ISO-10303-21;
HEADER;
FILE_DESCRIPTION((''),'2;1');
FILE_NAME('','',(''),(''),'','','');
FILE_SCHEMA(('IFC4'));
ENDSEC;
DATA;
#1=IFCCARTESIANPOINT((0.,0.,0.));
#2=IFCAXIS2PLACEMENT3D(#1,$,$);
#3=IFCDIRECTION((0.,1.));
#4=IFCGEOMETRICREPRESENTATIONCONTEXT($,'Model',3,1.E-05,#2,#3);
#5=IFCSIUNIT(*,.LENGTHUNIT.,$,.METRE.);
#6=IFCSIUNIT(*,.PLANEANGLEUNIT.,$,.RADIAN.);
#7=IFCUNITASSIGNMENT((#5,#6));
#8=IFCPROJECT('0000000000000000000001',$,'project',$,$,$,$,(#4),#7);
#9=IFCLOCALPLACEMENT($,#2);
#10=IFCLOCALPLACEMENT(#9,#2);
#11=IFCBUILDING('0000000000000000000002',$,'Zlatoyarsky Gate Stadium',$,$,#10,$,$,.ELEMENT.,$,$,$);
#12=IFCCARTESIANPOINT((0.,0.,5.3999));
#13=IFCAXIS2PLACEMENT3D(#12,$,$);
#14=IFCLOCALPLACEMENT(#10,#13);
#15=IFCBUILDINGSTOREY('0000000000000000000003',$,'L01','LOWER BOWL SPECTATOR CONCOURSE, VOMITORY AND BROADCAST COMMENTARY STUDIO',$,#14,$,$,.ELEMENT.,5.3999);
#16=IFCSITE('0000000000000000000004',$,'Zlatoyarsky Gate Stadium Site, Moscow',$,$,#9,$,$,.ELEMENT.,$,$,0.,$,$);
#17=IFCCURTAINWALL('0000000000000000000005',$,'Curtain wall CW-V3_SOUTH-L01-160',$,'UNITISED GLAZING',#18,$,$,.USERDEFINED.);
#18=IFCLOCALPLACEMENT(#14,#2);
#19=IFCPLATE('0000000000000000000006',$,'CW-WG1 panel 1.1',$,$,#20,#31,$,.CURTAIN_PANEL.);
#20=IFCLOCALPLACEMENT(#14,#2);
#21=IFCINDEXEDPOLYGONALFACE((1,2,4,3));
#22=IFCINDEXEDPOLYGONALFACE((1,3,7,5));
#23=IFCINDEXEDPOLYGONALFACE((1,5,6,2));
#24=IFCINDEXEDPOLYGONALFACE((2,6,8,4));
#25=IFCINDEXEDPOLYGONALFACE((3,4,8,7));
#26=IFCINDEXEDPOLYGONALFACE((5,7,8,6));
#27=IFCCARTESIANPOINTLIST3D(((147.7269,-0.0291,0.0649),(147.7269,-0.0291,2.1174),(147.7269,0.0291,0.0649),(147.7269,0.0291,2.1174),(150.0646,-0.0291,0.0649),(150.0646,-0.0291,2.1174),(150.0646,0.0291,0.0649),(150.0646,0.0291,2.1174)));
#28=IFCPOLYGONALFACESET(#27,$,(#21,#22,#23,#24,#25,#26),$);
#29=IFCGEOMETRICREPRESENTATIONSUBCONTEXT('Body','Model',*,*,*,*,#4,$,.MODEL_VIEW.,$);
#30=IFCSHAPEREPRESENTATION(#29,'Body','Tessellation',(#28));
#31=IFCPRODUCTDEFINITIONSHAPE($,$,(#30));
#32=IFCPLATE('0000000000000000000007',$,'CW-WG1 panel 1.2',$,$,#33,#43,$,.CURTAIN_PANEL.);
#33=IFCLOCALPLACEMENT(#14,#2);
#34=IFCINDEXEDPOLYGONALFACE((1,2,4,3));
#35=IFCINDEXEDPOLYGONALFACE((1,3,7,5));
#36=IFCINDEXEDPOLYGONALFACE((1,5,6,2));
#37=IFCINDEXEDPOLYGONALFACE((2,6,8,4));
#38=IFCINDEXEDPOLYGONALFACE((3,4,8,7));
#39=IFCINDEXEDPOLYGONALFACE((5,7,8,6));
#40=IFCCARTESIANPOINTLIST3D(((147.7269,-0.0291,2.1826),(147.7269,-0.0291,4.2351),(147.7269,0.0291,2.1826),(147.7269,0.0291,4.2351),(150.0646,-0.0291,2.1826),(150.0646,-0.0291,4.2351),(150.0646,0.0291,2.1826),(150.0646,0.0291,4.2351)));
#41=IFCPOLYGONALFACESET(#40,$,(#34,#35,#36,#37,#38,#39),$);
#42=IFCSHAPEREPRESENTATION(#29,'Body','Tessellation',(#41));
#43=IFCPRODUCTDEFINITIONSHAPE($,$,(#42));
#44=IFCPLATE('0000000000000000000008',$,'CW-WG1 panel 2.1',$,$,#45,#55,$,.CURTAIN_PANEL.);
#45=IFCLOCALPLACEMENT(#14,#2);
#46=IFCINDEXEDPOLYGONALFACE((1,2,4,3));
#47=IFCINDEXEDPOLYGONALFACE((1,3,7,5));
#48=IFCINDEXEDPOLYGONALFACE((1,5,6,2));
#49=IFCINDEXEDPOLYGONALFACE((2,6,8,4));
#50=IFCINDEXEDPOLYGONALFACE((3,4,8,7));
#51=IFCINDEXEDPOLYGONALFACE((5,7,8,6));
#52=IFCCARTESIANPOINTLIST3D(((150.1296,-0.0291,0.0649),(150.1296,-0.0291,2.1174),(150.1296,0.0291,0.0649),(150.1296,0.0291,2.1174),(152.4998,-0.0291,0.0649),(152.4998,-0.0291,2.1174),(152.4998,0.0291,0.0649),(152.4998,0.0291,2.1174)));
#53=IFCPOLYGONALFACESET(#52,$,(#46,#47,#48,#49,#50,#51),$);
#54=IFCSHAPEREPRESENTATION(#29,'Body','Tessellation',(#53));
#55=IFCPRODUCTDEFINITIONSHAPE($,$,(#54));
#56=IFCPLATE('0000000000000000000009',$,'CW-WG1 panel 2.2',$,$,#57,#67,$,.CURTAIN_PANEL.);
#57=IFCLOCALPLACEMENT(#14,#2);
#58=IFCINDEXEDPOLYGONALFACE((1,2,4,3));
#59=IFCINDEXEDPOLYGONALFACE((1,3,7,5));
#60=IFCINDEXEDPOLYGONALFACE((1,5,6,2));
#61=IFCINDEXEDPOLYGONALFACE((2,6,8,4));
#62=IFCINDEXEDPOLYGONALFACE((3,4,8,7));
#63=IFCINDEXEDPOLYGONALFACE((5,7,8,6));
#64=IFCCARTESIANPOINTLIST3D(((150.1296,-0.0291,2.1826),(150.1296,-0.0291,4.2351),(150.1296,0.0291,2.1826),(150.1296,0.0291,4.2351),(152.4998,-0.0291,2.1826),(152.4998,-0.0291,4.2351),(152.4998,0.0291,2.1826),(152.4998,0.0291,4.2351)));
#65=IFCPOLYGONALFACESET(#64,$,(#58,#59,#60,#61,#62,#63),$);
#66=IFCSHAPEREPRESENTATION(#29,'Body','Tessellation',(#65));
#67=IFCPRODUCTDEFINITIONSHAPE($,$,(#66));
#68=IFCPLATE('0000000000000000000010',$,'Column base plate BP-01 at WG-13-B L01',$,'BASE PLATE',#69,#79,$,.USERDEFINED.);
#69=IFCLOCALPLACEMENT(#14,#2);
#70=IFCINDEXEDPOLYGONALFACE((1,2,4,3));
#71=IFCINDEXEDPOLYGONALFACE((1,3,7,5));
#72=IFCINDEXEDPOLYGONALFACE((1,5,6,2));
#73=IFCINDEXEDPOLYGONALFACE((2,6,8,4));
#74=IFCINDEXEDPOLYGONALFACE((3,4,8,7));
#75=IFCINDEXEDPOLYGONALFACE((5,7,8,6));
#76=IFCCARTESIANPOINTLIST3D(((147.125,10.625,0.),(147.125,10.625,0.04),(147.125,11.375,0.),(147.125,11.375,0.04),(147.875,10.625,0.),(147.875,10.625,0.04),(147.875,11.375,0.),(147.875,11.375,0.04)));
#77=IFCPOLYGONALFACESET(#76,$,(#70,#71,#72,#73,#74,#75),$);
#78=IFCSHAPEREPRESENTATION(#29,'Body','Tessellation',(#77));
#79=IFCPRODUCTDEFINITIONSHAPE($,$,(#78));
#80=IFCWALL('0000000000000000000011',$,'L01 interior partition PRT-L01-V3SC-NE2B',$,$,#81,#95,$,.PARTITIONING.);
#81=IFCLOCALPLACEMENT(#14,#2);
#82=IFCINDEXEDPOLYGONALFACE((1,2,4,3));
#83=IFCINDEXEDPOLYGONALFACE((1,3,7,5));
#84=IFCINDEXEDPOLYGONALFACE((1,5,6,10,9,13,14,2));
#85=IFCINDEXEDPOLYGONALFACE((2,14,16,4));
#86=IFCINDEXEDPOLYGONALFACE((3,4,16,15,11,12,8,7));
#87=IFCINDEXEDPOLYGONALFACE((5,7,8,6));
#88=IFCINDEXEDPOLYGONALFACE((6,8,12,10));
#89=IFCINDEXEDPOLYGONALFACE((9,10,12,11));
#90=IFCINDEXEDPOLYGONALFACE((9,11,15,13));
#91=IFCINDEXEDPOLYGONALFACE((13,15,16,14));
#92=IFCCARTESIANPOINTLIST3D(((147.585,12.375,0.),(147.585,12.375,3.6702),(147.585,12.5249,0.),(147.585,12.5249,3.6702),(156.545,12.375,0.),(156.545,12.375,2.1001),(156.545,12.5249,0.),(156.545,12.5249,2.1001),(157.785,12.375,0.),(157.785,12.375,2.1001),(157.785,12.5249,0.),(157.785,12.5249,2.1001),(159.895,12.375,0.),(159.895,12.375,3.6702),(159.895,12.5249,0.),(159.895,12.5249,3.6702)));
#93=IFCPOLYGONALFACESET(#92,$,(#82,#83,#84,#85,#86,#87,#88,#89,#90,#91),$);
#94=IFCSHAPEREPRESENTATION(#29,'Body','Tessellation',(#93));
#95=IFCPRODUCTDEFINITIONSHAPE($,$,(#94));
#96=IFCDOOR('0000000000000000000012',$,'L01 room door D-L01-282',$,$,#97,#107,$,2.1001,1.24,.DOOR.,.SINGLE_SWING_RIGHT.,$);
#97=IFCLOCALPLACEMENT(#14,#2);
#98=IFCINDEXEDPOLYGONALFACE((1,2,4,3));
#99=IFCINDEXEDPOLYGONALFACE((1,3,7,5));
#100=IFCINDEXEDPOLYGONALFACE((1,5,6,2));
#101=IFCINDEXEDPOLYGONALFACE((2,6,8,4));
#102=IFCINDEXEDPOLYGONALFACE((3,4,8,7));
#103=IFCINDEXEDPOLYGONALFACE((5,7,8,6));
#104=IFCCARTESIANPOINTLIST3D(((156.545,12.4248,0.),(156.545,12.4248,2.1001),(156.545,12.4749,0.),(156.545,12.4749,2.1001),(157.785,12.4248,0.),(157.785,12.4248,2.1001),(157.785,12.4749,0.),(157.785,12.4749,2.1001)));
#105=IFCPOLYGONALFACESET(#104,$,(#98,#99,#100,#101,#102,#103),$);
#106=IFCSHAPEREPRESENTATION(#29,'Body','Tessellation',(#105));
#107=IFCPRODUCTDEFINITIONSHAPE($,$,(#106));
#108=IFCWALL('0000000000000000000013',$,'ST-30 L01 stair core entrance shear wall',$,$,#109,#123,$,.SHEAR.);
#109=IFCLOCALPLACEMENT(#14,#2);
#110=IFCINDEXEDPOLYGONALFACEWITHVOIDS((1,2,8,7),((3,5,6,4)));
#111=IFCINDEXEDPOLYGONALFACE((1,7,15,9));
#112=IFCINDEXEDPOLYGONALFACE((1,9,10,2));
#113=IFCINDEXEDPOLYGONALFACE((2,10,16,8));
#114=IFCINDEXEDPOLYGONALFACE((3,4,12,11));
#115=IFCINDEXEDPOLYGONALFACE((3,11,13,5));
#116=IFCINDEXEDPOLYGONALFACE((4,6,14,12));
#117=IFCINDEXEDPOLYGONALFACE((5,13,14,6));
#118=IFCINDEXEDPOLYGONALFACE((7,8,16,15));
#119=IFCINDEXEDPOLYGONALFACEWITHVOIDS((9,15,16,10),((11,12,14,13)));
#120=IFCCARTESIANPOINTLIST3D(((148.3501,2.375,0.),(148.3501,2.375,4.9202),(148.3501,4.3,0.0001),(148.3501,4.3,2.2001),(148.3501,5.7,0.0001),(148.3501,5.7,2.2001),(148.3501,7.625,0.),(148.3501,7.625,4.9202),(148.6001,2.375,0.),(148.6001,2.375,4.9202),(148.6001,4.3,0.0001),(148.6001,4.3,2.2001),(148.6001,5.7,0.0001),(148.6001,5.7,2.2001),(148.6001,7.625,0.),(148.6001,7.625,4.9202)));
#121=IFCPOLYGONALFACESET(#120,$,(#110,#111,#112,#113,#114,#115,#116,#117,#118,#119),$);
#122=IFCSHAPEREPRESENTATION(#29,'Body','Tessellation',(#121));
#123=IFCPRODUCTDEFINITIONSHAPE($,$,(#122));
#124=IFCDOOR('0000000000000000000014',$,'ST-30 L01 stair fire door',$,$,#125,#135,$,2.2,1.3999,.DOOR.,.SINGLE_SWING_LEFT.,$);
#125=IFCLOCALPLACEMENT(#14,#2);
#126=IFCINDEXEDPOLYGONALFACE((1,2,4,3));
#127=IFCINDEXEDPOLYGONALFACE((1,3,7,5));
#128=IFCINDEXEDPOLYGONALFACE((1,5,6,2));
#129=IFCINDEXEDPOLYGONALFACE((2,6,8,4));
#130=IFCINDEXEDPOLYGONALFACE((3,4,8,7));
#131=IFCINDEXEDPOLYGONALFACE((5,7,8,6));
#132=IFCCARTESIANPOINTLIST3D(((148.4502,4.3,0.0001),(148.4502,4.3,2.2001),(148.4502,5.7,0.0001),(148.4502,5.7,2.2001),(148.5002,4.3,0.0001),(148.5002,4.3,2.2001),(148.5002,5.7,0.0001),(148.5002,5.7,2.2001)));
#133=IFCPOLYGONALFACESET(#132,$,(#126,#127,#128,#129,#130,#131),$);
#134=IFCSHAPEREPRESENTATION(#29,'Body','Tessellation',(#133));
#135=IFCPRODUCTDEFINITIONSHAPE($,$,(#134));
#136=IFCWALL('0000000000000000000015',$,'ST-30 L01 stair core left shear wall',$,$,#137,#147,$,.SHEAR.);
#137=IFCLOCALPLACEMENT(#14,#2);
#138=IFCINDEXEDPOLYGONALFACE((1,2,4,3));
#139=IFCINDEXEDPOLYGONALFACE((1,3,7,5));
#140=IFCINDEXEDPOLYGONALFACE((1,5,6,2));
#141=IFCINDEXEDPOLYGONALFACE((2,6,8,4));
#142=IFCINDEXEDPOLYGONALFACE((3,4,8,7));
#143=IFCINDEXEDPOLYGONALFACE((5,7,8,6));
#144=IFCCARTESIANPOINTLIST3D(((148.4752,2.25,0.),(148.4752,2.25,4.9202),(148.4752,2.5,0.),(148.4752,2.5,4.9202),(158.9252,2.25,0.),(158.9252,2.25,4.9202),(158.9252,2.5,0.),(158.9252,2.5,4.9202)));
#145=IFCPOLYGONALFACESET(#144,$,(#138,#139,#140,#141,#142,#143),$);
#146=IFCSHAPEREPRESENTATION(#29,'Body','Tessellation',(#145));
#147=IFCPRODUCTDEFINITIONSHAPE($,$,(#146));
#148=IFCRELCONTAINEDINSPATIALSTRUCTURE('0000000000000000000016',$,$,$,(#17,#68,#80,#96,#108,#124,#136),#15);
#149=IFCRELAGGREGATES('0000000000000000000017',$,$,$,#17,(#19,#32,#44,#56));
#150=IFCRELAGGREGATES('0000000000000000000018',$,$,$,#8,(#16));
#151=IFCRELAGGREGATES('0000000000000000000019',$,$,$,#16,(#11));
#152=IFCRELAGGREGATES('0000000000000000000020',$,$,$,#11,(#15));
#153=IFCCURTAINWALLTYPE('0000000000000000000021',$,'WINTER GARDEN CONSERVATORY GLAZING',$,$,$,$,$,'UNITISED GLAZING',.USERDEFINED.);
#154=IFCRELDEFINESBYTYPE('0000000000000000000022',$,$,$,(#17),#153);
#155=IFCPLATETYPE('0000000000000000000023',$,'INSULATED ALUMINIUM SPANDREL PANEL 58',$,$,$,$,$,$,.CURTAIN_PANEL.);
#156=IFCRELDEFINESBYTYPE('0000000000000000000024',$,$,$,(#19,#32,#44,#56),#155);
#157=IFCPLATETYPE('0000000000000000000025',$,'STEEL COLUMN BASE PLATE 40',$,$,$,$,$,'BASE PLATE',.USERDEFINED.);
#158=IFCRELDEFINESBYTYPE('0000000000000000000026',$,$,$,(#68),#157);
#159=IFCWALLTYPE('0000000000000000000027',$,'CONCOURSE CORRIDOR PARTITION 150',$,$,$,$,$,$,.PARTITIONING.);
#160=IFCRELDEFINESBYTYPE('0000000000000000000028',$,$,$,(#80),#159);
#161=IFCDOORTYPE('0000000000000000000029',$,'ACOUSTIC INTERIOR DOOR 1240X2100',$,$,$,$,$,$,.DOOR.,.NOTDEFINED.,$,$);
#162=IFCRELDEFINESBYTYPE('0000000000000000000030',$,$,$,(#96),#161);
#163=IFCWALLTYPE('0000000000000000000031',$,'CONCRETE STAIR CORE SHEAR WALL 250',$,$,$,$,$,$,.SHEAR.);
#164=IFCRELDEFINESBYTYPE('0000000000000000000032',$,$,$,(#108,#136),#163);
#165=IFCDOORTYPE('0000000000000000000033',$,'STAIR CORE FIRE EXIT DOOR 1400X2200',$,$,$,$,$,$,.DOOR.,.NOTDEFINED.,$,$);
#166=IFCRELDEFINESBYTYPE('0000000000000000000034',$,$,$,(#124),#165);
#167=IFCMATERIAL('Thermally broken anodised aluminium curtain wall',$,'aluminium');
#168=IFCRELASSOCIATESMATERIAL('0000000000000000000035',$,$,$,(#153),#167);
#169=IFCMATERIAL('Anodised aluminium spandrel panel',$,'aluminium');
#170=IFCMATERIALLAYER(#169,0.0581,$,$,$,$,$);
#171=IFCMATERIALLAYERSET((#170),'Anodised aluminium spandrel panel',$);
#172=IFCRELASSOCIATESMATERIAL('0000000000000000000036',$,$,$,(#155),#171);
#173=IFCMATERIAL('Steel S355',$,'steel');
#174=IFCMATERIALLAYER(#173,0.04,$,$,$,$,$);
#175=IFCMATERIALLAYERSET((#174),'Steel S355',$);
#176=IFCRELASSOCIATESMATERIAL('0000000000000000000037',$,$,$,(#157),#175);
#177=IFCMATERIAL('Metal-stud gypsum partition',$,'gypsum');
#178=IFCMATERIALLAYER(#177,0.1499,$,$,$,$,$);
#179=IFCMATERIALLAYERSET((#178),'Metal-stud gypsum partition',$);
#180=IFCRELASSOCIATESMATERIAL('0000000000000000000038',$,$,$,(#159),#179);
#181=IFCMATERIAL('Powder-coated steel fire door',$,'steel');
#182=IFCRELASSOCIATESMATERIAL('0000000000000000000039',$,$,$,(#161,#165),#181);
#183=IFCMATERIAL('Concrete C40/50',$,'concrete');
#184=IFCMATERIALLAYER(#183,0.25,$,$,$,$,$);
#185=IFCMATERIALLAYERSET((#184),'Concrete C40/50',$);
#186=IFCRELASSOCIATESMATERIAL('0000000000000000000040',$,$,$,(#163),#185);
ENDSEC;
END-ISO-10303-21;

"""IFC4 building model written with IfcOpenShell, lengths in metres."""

from ifc_helpers import new_model, si_unit, direction, frame, frame_2d, origin, origin_2d, place, context, subcontext, project, spatial, rectangle, extrude, material, layer, layer_set, type_object, element, fill, aggregate, save


model = new_model("IFC4")

# Units and contexts
model_context = context("Model", 3, precision=1e-05, world=origin(), true_north=direction((0.0, 1.0)))
body_context = subcontext(model_context, "Body", "Model", "MODEL_VIEW")
ifc_project = project(units=[si_unit("LENGTHUNIT", "METRE"), si_unit("PLANEANGLEUNIT", "RADIAN")], contexts=[model_context])

# Site, building, storey
site_placement = place(None, origin())
site = spatial("IfcSite", under=ifc_project, at=site_placement, Name="Zlatoyarsky Gate Stadium Site, Moscow", CompositionType="ELEMENT", RefElevation=0.0)
building_placement = place(site_placement, origin())
building = spatial("IfcBuilding", under=site, at=building_placement, Name="Zlatoyarsky Gate Stadium", CompositionType="ELEMENT")
storey_placement = place(building_placement, frame((0.0, 0.0, 5.3999)))
storey = spatial("IfcBuildingStorey", under=building, at=storey_placement, Name="L01", Description="LOWER BOWL SPECTATOR CONCOURSE, VOMITORY AND BROADCAST COMMENTARY STUDIO", CompositionType="ELEMENT", Elevation=5.3999)

# Shared definitions
ifc_material_1 = material(Name="Steel S355", Category="steel")

# Curtain wall
ifc_material_2 = material(Name="Thermally broken anodised aluminium curtain wall", Category="aluminium")
curtain_wall_type = type_object("IfcCurtainWallType", Name="WINTER GARDEN CONSERVATORY GLAZING", ElementType="UNITISED GLAZING", PredefinedType="USERDEFINED", material=ifc_material_2)
curtain_wall_placement = place(storey_placement, origin())
curtain_wall = element("IfcCurtainWall", 1, at=curtain_wall_placement, inside=storey, type_object=curtain_wall_type, Name="Curtain wall CW-V3_SOUTH-L01-160", ObjectType="UNITISED GLAZING", PredefinedType="USERDEFINED")

# Plates
ifc_material_3 = material(Name="Anodised aluminium spandrel panel", Category="aluminium")
ifc_layer_1 = layer(ifc_material_3, 0.0581)
ifc_layer_set_1 = layer_set([ifc_layer_1], Name="Anodised aluminium spandrel panel")
plate_type_1 = type_object("IfcPlateType", Name="INSULATED ALUMINIUM SPANDREL PANEL 58", PredefinedType="CURTAIN_PANEL", material=ifc_layer_set_1)
plate_1_placement = place(storey_placement, frame((148.8958, 0.0, 0.0649), z_axis=(0.0, 0.0, 1.0), x_axis=(1.0, 0.0, 0.0)))
plate_1 = element("IfcPlate", 2, at=plate_1_placement, type_object=plate_type_1, Name="CW-WG1 panel 1.1", PredefinedType="CURTAIN_PANEL", context=body_context, shape_type="SweptSolid", body=[
    extrude(rectangle(XDim=2.3376, YDim=0.0581, at=origin_2d()), origin(), (0.0, 0.0, 1.0), 2.0525),
])
plate_2_placement = place(storey_placement, frame((148.8958, 0.0, 2.1826), z_axis=(0.0, 0.0, 1.0), x_axis=(1.0, 0.0, 0.0)))
plate_2 = element("IfcPlate", 3, at=plate_2_placement, type_object=plate_type_1, Name="CW-WG1 panel 1.2", PredefinedType="CURTAIN_PANEL", context=body_context, shape_type="SweptSolid", body=[
    extrude(rectangle(XDim=2.3376, YDim=0.0581, at=origin_2d()), origin(), (0.0, 0.0, 1.0), 2.0525),
])
plate_3_placement = place(storey_placement, frame((151.3147, 0.0, 0.0649), z_axis=(0.0, 0.0, 1.0), x_axis=(1.0, 0.0, 0.0)))
plate_3 = element("IfcPlate", 4, at=plate_3_placement, type_object=plate_type_1, Name="CW-WG1 panel 2.1", PredefinedType="CURTAIN_PANEL", context=body_context, shape_type="SweptSolid", body=[
    extrude(rectangle(XDim=2.3701, YDim=0.0581, at=origin_2d()), origin(), (0.0, 0.0, 1.0), 2.0525),
])
plate_4_placement = place(storey_placement, frame((151.3147, 0.0, 2.1826), z_axis=(0.0, 0.0, 1.0), x_axis=(1.0, 0.0, 0.0)))
plate_4 = element("IfcPlate", 5, at=plate_4_placement, type_object=plate_type_1, Name="CW-WG1 panel 2.2", PredefinedType="CURTAIN_PANEL", context=body_context, shape_type="SweptSolid", body=[
    extrude(rectangle(XDim=2.3701, YDim=0.0581, at=origin_2d()), origin(), (0.0, 0.0, 1.0), 2.0525),
])
aggregate(curtain_wall, [plate_1, plate_2, plate_3, plate_4])
ifc_layer_2 = layer(ifc_material_1, 0.04)
ifc_layer_set_2 = layer_set([ifc_layer_2], Name="Steel S355")
plate_type_2 = type_object("IfcPlateType", Name="STEEL COLUMN BASE PLATE 40", ElementType="BASE PLATE", PredefinedType="USERDEFINED", material=ifc_layer_set_2)
plate_5_placement = place(storey_placement, frame((147.5, 11.0, 0.0), z_axis=(0.0, 0.0, 1.0), x_axis=(1.0, 0.0, 0.0)))
element("IfcPlate", 6, at=plate_5_placement, inside=storey, type_object=plate_type_2, Name="Column base plate BP-01 at WG-13-B L01", ObjectType="BASE PLATE", PredefinedType="USERDEFINED", context=body_context, shape_type="SweptSolid", body=[
    extrude(rectangle(XDim=0.75, YDim=0.75, at=origin_2d()), origin(), (0.0, 0.0, 1.0), 0.04),
])

# Walls, openings, doors
ifc_material_4 = material(Name="Metal-stud gypsum partition", Category="gypsum")
ifc_layer_3 = layer(ifc_material_4, 0.1499)
ifc_layer_set_3 = layer_set([ifc_layer_3], Name="Metal-stud gypsum partition")
wall_type_1 = type_object("IfcWallType", Name="CONCOURSE CORRIDOR PARTITION 150", PredefinedType="PARTITIONING", material=ifc_layer_set_3)
wall_1_placement = place(storey_placement, frame((147.585, 12.45, 0.0), z_axis=(0.0, 0.0, 1.0), x_axis=(1.0, 0.0, 0.0)))
wall_1 = element("IfcWall", 7, at=wall_1_placement, inside=storey, type_object=wall_type_1, Name="L01 interior partition PRT-L01-V3SC-NE2B", PredefinedType="PARTITIONING", context=body_context, shape_type="SweptSolid", body=[
    extrude(rectangle(XDim=12.3101, YDim=0.1499, at=frame_2d((6.155, 0.0))), origin(), (0.0, 0.0, 1.0), 3.6702),
])
opening_1_placement = place(wall_1_placement, frame((8.96, 0.0, 0.0)))
opening_1 = element("IfcOpeningElement", 8, at=opening_1_placement, cuts=wall_1, PredefinedType="OPENING", context=body_context, shape_type="SweptSolid", body=[
    extrude(rectangle(XDim=1.24, YDim=2.1001, at=frame_2d((0.6201, 1.05))), frame((0.0, 0.085, 0.0), z_axis=(0.0, -1.0, 0.0), x_axis=(1.0, 0.0, 0.0)), (0.0, 0.0, 1.0), 0.1699),
])
ifc_material_5 = material(Name="Powder-coated steel fire door", Category="steel")
door_type_1 = type_object("IfcDoorType", Name="ACOUSTIC INTERIOR DOOR 1240X2100", OperationType="NOTDEFINED", PredefinedType="DOOR", material=ifc_material_5)
door_1_placement = place(opening_1_placement, origin())
door_1 = element("IfcDoor", 9, at=door_1_placement, inside=storey, type_object=door_type_1, Name="L01 room door D-L01-282", OperationType="SINGLE_SWING_RIGHT", OverallHeight=2.1001, OverallWidth=1.24, PredefinedType="DOOR", context=body_context, shape_type="SweptSolid", body=[
    extrude(rectangle(XDim=1.24, YDim=2.1001, at=frame_2d((0.6201, 1.05))), frame((0.0, 0.0249, 0.0), z_axis=(0.0, -1.0, 0.0), x_axis=(1.0, 0.0, 0.0)), (0.0, 0.0, 1.0), 0.05),
])
fill(opening_1, door_1)
ifc_material_6 = material(Name="Concrete C40/50", Category="concrete")
ifc_layer_4 = layer(ifc_material_6, 0.25)
ifc_layer_set_4 = layer_set([ifc_layer_4], Name="Concrete C40/50")
wall_type_2 = type_object("IfcWallType", Name="CONCRETE STAIR CORE SHEAR WALL 250", PredefinedType="SHEAR", material=ifc_layer_set_4)
wall_2_placement = place(storey_placement, frame((148.4751, 7.625, 0.0), z_axis=(0.0, 0.0, 1.0), x_axis=(0.0, -1.0, 0.0)))
wall_2 = element("IfcWall", 10, at=wall_2_placement, inside=storey, type_object=wall_type_2, Name="ST-30 L01 stair core entrance shear wall", PredefinedType="SHEAR", context=body_context, shape_type="SweptSolid", body=[
    extrude(rectangle(XDim=5.25, YDim=0.25, at=frame_2d((2.625, 0.0))), origin(), (0.0, 0.0, 1.0), 4.9202),
])
opening_2_placement = place(wall_2_placement, frame((1.925, 0.0, 0.0)))
opening_2 = element("IfcOpeningElement", 11, at=opening_2_placement, cuts=wall_2, PredefinedType="OPENING", context=body_context, shape_type="SweptSolid", body=[
    extrude(rectangle(XDim=1.3999, YDim=2.2, at=frame_2d((0.7, 1.1001))), frame((0.0, 0.135, 0.0), z_axis=(0.0, -1.0, 0.0), x_axis=(1.0, 0.0, 0.0)), (0.0, 0.0, 1.0), 0.27),
])
door_type_2 = type_object("IfcDoorType", Name="STAIR CORE FIRE EXIT DOOR 1400X2200", OperationType="NOTDEFINED", PredefinedType="DOOR", material=ifc_material_5)
door_2_placement = place(opening_2_placement, frame((1.3999, 0.0, 0.0), z_axis=(0.0, 0.0, 1.0), x_axis=(-1.0, 0.0, 0.0)))
door_2 = element("IfcDoor", 12, at=door_2_placement, inside=storey, type_object=door_type_2, Name="ST-30 L01 stair fire door", OperationType="SINGLE_SWING_LEFT", OverallHeight=2.2, OverallWidth=1.3999, PredefinedType="DOOR", context=body_context, shape_type="SweptSolid", body=[
    extrude(rectangle(XDim=1.3999, YDim=2.2, at=frame_2d((0.7, 1.1001))), frame((0.0, 0.0249, 0.0), z_axis=(0.0, -1.0, 0.0), x_axis=(1.0, 0.0, 0.0)), (0.0, 0.0, 1.0), 0.05),
])
fill(opening_2, door_2)

# Wall
wall_3_placement = place(storey_placement, frame((148.4751, 2.375, 0.0), z_axis=(0.0, 0.0, 1.0), x_axis=(1.0, 0.0, 0.0)))
element("IfcWall", 13, at=wall_3_placement, inside=storey, type_object=wall_type_2, Name="ST-30 L01 stair core left shear wall", PredefinedType="SHEAR", context=body_context, shape_type="SweptSolid", body=[
    extrude(rectangle(XDim=10.45, YDim=0.25, at=frame_2d((5.2251, 0.0))), origin(), (0.0, 0.0, 1.0), 4.9202),
])

save(model, "model.ifc")
